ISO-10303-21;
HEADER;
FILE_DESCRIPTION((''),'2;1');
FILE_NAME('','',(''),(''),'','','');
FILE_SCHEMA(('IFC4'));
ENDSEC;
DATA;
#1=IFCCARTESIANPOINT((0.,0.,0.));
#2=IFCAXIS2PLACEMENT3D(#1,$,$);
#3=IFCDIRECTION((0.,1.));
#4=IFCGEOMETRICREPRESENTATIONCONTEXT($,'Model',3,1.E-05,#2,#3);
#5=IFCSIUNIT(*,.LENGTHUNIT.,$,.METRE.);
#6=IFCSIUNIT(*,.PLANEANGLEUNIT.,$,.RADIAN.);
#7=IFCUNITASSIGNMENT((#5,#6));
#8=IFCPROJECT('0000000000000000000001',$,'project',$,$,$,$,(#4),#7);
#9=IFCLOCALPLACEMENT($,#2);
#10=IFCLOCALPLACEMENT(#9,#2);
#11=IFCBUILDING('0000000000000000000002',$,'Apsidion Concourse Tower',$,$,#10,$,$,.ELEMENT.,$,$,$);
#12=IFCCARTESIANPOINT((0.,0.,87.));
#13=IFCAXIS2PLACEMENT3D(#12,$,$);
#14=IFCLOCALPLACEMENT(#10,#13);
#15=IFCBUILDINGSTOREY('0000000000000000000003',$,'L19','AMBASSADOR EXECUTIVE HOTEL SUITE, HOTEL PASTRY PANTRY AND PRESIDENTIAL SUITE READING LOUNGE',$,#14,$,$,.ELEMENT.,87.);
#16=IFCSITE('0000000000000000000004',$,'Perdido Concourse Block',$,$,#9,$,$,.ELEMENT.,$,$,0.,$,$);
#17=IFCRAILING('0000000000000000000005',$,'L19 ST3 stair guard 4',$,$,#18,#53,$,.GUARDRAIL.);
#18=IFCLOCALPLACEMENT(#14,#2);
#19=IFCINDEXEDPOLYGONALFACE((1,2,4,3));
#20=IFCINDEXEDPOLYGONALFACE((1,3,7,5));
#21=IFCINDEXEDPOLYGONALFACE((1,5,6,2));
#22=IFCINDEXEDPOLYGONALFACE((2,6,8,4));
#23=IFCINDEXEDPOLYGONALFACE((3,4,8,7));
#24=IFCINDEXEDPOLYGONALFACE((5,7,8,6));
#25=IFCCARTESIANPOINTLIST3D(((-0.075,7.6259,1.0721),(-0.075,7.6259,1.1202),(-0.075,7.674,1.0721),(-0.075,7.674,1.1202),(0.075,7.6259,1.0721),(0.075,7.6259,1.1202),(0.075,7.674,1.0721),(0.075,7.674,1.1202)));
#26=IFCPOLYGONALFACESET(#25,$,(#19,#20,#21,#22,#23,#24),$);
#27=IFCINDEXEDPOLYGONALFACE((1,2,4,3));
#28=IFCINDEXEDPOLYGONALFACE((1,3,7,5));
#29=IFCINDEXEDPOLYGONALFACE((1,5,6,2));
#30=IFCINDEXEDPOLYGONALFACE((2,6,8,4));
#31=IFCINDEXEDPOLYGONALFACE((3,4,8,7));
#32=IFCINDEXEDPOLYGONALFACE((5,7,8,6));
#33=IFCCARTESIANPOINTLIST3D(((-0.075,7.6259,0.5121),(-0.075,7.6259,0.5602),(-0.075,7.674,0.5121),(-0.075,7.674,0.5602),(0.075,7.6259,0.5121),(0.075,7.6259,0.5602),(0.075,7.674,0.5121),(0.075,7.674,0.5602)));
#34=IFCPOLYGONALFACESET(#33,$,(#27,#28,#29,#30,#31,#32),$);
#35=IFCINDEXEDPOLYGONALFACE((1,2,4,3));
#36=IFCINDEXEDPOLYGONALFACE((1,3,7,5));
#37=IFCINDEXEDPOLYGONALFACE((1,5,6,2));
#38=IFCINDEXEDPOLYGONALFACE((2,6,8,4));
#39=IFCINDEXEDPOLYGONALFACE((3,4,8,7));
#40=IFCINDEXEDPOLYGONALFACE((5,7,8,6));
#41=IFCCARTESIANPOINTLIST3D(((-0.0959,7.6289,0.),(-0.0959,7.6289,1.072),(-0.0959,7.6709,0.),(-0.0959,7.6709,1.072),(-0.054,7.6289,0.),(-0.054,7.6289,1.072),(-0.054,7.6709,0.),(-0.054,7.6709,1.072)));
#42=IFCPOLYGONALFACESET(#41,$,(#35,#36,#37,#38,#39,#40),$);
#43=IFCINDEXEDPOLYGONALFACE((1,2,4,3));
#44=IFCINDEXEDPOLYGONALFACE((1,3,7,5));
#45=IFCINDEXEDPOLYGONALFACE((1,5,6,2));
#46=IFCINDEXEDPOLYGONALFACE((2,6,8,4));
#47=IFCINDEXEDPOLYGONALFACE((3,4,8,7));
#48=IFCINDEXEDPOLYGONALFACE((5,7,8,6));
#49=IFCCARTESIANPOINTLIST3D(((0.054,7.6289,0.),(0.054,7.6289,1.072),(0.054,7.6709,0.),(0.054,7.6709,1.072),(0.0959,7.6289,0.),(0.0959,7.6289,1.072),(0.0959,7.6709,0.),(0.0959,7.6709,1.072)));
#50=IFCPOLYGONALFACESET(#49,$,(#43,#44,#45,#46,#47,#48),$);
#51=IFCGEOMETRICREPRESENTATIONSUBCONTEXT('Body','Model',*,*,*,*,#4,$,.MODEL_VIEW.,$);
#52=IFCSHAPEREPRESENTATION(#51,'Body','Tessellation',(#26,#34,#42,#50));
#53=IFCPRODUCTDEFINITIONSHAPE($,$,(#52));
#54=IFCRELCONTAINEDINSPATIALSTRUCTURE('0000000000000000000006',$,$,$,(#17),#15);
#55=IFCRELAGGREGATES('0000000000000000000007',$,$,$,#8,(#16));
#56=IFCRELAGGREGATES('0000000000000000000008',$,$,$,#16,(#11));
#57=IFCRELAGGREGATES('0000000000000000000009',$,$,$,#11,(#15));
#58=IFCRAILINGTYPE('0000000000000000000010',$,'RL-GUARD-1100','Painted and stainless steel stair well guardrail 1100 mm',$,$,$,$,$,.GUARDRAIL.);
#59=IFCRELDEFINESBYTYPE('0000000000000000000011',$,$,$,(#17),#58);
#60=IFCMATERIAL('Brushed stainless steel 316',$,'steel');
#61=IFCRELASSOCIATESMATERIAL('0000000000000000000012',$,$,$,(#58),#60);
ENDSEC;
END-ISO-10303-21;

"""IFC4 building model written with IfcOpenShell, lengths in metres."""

from ifc_helpers import new_model, si_unit, direction, frame, origin, origin_2d, place, context, subcontext, project, spatial, rectangle, extrude, material, type_object, element, save


model = new_model("IFC4")

# Units and contexts
model_context = context("Model", 3, precision=1e-05, world=origin(), true_north=direction((0.0, 1.0)))
body_context = subcontext(model_context, "Body", "Model", "MODEL_VIEW")
ifc_project = project(units=[si_unit("LENGTHUNIT", "METRE"), si_unit("PLANEANGLEUNIT", "RADIAN")], contexts=[model_context])

# Site, building, storey
site_placement = place(None, origin())
site = spatial("IfcSite", under=ifc_project, at=site_placement, Name="Perdido Concourse Block", CompositionType="ELEMENT", RefElevation=0.0)
building_placement = place(site_placement, origin())
building = spatial("IfcBuilding", under=site, at=building_placement, Name="Apsidion Concourse Tower", CompositionType="ELEMENT")
storey_placement = place(building_placement, frame((0.0, 0.0, 87.0)))
storey = spatial("IfcBuildingStorey", under=building, at=storey_placement, Name="L19", Description="AMBASSADOR EXECUTIVE HOTEL SUITE, HOTEL PASTRY PANTRY AND PRESIDENTIAL SUITE READING LOUNGE", CompositionType="ELEMENT", Elevation=87.0)

# Shared definitions
ifc_material_1 = material(Name="Brushed stainless steel 316", Category="steel")

# Railing
railing_type_1 = type_object("IfcRailingType", Name="RL-GUARD-1100", Description="Painted and stainless steel stair well guardrail 1100 mm", PredefinedType="GUARDRAIL", material=ifc_material_1)
railing_1_placement = place(storey_placement, frame((-0.075, 7.6499, 0.0)))
element("IfcRailing", 1, at=railing_1_placement, inside=storey, type_object=railing_type_1, Name="L19 ST3 stair guard 4", PredefinedType="GUARDRAIL", context=body_context, shape_type="SweptSolid", body=[
    extrude(rectangle(XDim=0.0481, YDim=0.0481, at=origin_2d()), frame((0.0, 0.0, 1.0962), z_axis=(1.0, 0.0, 0.0), x_axis=(0.0, 1.0, 0.0)), (0.0, 0.0, 1.0), 0.1499),
    extrude(rectangle(XDim=0.0481, YDim=0.0481, at=origin_2d()), frame((0.0, 0.0, 0.5361), z_axis=(1.0, 0.0, 0.0), x_axis=(0.0, 1.0, 0.0)), (0.0, 0.0, 1.0), 0.1499),
    extrude(rectangle(XDim=0.042, YDim=0.042, at=origin_2d()), origin(), (0.0, 0.0, 1.0), 1.072),
    extrude(rectangle(XDim=0.042, YDim=0.042, at=origin_2d()), frame((0.1499, 0.0, 0.0)), (0.0, 0.0, 1.0), 1.072),
])

save(model, "model.ifc")
